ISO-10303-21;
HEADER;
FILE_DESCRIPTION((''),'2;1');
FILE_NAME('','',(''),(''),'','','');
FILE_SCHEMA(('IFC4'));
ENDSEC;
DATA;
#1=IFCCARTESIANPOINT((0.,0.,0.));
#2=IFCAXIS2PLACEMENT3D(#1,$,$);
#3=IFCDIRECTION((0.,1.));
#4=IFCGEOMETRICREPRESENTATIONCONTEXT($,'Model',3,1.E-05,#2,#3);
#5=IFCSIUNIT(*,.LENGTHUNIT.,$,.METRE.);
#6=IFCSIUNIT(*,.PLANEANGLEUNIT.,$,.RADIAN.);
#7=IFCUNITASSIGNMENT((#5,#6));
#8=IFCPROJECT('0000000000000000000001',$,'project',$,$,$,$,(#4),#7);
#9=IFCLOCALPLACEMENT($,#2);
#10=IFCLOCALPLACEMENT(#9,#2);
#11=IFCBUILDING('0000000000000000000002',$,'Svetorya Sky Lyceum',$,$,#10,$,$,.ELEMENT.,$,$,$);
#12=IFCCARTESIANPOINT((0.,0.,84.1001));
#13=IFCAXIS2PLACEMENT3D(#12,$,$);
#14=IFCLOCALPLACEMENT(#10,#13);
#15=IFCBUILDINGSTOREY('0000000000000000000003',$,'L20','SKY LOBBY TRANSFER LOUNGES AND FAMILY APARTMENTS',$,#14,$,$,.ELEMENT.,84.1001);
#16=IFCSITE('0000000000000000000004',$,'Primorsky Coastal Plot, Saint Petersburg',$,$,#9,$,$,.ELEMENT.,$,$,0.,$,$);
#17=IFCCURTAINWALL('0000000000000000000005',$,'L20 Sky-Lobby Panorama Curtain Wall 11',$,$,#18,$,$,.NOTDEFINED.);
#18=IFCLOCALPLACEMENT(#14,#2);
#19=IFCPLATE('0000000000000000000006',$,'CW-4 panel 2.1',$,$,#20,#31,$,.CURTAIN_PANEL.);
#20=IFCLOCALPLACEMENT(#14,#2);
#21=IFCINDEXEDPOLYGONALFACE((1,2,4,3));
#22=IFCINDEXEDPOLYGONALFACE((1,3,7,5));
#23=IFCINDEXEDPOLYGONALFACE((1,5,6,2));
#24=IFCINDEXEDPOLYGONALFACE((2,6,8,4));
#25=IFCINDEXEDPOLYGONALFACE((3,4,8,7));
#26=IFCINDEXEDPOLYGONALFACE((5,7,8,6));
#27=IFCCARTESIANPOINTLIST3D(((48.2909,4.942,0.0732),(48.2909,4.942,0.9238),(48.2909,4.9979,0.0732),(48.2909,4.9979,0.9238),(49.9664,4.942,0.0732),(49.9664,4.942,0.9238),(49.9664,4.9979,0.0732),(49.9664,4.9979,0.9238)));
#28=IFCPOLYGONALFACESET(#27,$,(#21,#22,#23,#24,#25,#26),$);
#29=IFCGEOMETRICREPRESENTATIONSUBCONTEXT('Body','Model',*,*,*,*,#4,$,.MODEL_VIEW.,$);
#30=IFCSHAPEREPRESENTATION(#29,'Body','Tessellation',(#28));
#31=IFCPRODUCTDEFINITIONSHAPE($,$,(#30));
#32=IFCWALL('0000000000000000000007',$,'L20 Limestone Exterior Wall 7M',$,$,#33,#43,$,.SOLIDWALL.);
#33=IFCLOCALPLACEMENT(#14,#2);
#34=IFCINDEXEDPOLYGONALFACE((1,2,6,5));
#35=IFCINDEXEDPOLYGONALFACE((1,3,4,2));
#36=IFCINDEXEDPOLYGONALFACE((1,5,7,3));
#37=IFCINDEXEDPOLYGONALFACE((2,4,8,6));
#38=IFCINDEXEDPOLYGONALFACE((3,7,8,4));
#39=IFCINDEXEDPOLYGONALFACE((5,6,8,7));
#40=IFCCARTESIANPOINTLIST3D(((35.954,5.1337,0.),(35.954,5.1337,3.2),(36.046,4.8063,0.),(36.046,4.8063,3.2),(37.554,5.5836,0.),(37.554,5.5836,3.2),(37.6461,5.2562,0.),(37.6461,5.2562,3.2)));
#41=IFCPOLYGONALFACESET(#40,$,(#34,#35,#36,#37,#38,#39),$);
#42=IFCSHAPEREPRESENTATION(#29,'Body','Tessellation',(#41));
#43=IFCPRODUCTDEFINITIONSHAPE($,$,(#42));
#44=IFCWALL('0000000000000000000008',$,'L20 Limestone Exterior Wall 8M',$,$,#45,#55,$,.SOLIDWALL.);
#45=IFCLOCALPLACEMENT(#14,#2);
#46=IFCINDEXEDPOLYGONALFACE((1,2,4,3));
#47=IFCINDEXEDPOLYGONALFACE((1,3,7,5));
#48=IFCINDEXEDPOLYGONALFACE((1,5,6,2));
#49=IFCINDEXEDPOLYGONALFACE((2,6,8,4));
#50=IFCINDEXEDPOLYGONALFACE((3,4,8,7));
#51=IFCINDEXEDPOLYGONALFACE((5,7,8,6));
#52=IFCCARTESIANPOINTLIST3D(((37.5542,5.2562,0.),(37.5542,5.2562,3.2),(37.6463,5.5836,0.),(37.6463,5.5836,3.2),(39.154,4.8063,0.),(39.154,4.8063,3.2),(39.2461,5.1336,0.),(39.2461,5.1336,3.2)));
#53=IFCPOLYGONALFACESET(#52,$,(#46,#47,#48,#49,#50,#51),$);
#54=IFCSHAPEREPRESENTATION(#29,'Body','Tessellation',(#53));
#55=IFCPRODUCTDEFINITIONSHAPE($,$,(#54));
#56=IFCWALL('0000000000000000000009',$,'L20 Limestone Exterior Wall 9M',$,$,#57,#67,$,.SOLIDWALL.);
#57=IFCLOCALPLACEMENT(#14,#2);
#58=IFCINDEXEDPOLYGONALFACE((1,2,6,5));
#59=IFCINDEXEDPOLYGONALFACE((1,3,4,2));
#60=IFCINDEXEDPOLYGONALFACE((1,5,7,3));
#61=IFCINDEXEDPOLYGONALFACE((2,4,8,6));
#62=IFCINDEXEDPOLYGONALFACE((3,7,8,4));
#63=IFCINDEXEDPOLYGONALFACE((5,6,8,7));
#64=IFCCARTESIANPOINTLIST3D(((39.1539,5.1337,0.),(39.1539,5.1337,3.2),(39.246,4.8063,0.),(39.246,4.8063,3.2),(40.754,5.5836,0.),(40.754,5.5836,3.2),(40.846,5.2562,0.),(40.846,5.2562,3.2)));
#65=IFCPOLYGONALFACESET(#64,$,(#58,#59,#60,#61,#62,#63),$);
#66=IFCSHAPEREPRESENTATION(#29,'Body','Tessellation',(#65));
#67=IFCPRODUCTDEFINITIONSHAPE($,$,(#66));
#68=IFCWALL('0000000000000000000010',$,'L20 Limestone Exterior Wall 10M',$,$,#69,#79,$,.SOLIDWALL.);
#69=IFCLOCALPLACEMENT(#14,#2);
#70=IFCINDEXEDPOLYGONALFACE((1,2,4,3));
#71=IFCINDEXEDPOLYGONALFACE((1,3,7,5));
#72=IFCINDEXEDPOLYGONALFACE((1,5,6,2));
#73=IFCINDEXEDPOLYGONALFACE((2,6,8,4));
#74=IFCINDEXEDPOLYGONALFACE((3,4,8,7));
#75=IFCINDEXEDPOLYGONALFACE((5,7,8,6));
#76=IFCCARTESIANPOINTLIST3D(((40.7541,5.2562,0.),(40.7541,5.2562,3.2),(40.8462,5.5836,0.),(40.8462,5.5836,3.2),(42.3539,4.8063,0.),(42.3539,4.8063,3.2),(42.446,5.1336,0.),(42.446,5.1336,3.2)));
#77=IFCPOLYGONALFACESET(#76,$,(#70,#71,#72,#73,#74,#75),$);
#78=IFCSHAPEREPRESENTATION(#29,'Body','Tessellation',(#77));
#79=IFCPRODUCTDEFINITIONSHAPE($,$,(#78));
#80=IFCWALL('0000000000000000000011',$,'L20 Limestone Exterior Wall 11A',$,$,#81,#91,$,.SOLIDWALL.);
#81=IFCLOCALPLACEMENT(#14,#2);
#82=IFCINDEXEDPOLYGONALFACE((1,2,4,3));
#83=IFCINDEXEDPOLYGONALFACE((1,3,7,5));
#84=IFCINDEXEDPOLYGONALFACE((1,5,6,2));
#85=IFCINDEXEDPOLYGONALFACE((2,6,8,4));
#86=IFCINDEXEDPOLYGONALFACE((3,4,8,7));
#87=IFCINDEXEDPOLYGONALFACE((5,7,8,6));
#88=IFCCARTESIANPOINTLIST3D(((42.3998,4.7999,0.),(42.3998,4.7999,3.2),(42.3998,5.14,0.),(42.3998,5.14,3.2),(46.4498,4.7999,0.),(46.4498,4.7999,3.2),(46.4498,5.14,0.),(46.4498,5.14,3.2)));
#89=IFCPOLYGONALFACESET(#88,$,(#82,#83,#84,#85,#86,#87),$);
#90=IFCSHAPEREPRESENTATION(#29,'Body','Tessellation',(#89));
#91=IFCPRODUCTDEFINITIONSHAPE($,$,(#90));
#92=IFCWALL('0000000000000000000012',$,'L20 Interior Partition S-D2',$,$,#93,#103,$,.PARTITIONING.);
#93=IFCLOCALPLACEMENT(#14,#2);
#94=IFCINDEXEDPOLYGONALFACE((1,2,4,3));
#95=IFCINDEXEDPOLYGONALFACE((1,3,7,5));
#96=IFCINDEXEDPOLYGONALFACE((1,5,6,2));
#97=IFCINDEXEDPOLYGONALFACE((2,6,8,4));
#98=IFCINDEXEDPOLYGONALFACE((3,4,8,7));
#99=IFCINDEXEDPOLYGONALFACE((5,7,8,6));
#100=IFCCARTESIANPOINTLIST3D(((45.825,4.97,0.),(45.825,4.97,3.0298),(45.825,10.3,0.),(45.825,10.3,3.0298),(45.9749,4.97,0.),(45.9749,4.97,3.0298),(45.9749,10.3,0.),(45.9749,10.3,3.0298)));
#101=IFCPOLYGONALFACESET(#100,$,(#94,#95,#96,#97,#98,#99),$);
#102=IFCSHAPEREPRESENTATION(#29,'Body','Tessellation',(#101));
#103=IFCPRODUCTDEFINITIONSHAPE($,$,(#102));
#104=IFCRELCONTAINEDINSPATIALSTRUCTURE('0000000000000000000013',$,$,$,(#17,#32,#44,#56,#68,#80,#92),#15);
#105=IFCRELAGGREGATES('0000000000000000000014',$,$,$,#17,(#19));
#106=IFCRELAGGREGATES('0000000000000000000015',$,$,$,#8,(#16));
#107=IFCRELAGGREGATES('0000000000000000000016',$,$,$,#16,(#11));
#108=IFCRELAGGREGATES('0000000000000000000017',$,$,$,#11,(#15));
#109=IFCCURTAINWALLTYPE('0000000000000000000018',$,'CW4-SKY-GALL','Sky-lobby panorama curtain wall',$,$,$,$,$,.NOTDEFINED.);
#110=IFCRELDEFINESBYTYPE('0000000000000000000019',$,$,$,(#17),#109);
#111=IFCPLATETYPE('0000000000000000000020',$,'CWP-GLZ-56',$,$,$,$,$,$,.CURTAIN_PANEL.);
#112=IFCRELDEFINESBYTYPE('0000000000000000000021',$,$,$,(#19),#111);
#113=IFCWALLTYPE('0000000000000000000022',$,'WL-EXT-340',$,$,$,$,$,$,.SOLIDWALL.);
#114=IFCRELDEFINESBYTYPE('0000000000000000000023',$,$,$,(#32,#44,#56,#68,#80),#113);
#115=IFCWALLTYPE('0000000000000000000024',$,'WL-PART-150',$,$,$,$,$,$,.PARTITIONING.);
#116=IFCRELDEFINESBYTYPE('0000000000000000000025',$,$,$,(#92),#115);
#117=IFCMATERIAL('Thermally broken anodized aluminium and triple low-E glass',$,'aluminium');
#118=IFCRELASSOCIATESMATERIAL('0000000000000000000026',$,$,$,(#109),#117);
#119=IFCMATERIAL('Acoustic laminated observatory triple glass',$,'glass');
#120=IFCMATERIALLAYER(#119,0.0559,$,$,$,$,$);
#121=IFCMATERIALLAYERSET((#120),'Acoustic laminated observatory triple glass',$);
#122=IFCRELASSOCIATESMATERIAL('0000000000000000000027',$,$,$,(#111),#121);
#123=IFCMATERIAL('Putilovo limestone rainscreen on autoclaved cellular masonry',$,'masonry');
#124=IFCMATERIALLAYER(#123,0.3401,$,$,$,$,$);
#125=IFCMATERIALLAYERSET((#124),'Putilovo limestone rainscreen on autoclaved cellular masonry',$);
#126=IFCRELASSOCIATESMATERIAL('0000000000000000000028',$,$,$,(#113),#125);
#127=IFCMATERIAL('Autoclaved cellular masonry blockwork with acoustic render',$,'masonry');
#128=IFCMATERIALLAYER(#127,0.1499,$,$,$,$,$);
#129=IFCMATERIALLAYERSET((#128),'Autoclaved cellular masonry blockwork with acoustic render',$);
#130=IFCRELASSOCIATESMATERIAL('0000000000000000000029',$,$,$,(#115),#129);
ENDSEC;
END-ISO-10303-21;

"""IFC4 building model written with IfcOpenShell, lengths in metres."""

from ifc_helpers import new_model, si_unit, direction, frame, frame_2d, origin, origin_2d, place, context, subcontext, project, spatial, rectangle, extrude, material, layer, layer_set, type_object, element, aggregate, save


model = new_model("IFC4")

# Units and contexts
model_context = context("Model", 3, precision=1e-05, world=origin(), true_north=direction((0.0, 1.0)))
body_context = subcontext(model_context, "Body", "Model", "MODEL_VIEW")
ifc_project = project(units=[si_unit("LENGTHUNIT", "METRE"), si_unit("PLANEANGLEUNIT", "RADIAN")], contexts=[model_context])

# Site, building, storey
site_placement = place(None, origin())
site = spatial("IfcSite", under=ifc_project, at=site_placement, Name="Primorsky Coastal Plot, Saint Petersburg", CompositionType="ELEMENT", RefElevation=0.0)
building_placement = place(site_placement, origin())
building = spatial("IfcBuilding", under=site, at=building_placement, Name="Svetorya Sky Lyceum", CompositionType="ELEMENT")
storey_placement = place(building_placement, frame((0.0, 0.0, 84.1001)))
storey = spatial("IfcBuildingStorey", under=building, at=storey_placement, Name="L20", Description="SKY LOBBY TRANSFER LOUNGES AND FAMILY APARTMENTS", CompositionType="ELEMENT", Elevation=84.1001)

# Curtain wall, plate
ifc_material_1 = material(Name="Thermally broken anodized aluminium and triple low-E glass", Category="aluminium")
curtain_wall_type = type_object("IfcCurtainWallType", Name="CW4-SKY-GALL", Description="Sky-lobby panorama curtain wall", PredefinedType="NOTDEFINED", material=ifc_material_1)
curtain_wall_placement = place(storey_placement, origin())
curtain_wall = element("IfcCurtainWall", 1, at=curtain_wall_placement, inside=storey, type_object=curtain_wall_type, Name="L20 Sky-Lobby Panorama Curtain Wall 11", PredefinedType="NOTDEFINED")
ifc_material_2 = material(Name="Acoustic laminated observatory triple glass", Category="glass")
ifc_layer_1 = layer(ifc_material_2, 0.0559)
ifc_layer_set_1 = layer_set([ifc_layer_1], Name="Acoustic laminated observatory triple glass")
plate_type = type_object("IfcPlateType", Name="CWP-GLZ-56", PredefinedType="CURTAIN_PANEL", material=ifc_layer_set_1)
plate_1_placement = place(storey_placement, frame((49.1287, 4.97, 0.0732), z_axis=(0.0, 0.0, 1.0), x_axis=(1.0, 0.0, 0.0)))
plate_1 = element("IfcPlate", 2, at=plate_1_placement, type_object=plate_type, Name="CW-4 panel 2.1", PredefinedType="CURTAIN_PANEL", context=body_context, shape_type="SweptSolid", body=[
    extrude(rectangle(XDim=1.6755, YDim=0.0559, at=origin_2d()), origin(), (0.0, 0.0, 1.0), 0.8506),
])
aggregate(curtain_wall, [plate_1])

# Walls
ifc_material_3 = material(Name="Putilovo limestone rainscreen on autoclaved cellular masonry", Category="masonry")
ifc_layer_2 = layer(ifc_material_3, 0.3401)
ifc_layer_set_2 = layer_set([ifc_layer_2], Name="Putilovo limestone rainscreen on autoclaved cellular masonry")
wall_type_1 = type_object("IfcWallType", Name="WL-EXT-340", PredefinedType="SOLIDWALL", material=ifc_layer_set_2)
wall_1_placement = place(storey_placement, frame((36.0, 4.97, 0.0), z_axis=(0.0, 0.0, 1.0), x_axis=(0.962663, 0.270703, 0.0)))
element("IfcWall", 3, at=wall_1_placement, inside=storey, type_object=wall_type_1, Name="L20 Limestone Exterior Wall 7M", PredefinedType="SOLIDWALL", context=body_context, shape_type="SweptSolid", body=[
    extrude(rectangle(XDim=1.6621, YDim=0.3401, at=frame_2d((0.8311, 0.0))), origin(), (0.0, 0.0, 1.0), 3.2),
])
wall_2_placement = place(storey_placement, frame((37.6001, 5.4199, 0.0), z_axis=(0.0, 0.0, 1.0), x_axis=(0.962652, -0.270741, 0.0)))
element("IfcWall", 4, at=wall_2_placement, inside=storey, type_object=wall_type_1, Name="L20 Limestone Exterior Wall 8M", PredefinedType="SOLIDWALL", context=body_context, shape_type="SweptSolid", body=[
    extrude(rectangle(XDim=1.6619, YDim=0.3401, at=frame_2d((0.8311, 0.0))), origin(), (0.0, 0.0, 1.0), 3.2),
])
wall_3_placement = place(storey_placement, frame((39.2, 4.97, 0.0), z_axis=(0.0, 0.0, 1.0), x_axis=(0.962663, 0.270703, 0.0)))
element("IfcWall", 5, at=wall_3_placement, inside=storey, type_object=wall_type_1, Name="L20 Limestone Exterior Wall 9M", PredefinedType="SOLIDWALL", context=body_context, shape_type="SweptSolid", body=[
    extrude(rectangle(XDim=1.6621, YDim=0.3401, at=frame_2d((0.8311, 0.0))), origin(), (0.0, 0.0, 1.0), 3.2),
])
wall_4_placement = place(storey_placement, frame((40.8, 5.4199, 0.0), z_axis=(0.0, 0.0, 1.0), x_axis=(0.962652, -0.270741, 0.0)))
element("IfcWall", 6, at=wall_4_placement, inside=storey, type_object=wall_type_1, Name="L20 Limestone Exterior Wall 10M", PredefinedType="SOLIDWALL", context=body_context, shape_type="SweptSolid", body=[
    extrude(rectangle(XDim=1.6619, YDim=0.3401, at=frame_2d((0.8311, 0.0))), origin(), (0.0, 0.0, 1.0), 3.2),
])
wall_5_placement = place(storey_placement, frame((42.3999, 4.97, 0.0), z_axis=(0.0, 0.0, 1.0), x_axis=(1.0, 0.0, 0.0)))
element("IfcWall", 7, at=wall_5_placement, inside=storey, type_object=wall_type_1, Name="L20 Limestone Exterior Wall 11A", PredefinedType="SOLIDWALL", context=body_context, shape_type="SweptSolid", body=[
    extrude(rectangle(XDim=4.05, YDim=0.3401, at=frame_2d((2.0249, 0.0))), origin(), (0.0, 0.0, 1.0), 3.2),
])
ifc_material_4 = material(Name="Autoclaved cellular masonry blockwork with acoustic render", Category="masonry")
ifc_layer_3 = layer(ifc_material_4, 0.1499)
ifc_layer_set_3 = layer_set([ifc_layer_3], Name="Autoclaved cellular masonry blockwork with acoustic render")
wall_type_2 = type_object("IfcWallType", Name="WL-PART-150", PredefinedType="PARTITIONING", material=ifc_layer_set_3)
wall_6_placement = place(storey_placement, frame((45.8999, 4.97, 0.0), z_axis=(0.0, 0.0, 1.0), x_axis=(0.0, 1.0, 0.0)))
element("IfcWall", 8, at=wall_6_placement, inside=storey, type_object=wall_type_2, Name="L20 Interior Partition S-D2", PredefinedType="PARTITIONING", context=body_context, shape_type="SweptSolid", body=[
    extrude(rectangle(XDim=5.3301, YDim=0.1499, at=frame_2d((2.665, 0.0))), origin(), (0.0, 0.0, 1.0), 3.0298),
])

save(model, "model.ifc")
